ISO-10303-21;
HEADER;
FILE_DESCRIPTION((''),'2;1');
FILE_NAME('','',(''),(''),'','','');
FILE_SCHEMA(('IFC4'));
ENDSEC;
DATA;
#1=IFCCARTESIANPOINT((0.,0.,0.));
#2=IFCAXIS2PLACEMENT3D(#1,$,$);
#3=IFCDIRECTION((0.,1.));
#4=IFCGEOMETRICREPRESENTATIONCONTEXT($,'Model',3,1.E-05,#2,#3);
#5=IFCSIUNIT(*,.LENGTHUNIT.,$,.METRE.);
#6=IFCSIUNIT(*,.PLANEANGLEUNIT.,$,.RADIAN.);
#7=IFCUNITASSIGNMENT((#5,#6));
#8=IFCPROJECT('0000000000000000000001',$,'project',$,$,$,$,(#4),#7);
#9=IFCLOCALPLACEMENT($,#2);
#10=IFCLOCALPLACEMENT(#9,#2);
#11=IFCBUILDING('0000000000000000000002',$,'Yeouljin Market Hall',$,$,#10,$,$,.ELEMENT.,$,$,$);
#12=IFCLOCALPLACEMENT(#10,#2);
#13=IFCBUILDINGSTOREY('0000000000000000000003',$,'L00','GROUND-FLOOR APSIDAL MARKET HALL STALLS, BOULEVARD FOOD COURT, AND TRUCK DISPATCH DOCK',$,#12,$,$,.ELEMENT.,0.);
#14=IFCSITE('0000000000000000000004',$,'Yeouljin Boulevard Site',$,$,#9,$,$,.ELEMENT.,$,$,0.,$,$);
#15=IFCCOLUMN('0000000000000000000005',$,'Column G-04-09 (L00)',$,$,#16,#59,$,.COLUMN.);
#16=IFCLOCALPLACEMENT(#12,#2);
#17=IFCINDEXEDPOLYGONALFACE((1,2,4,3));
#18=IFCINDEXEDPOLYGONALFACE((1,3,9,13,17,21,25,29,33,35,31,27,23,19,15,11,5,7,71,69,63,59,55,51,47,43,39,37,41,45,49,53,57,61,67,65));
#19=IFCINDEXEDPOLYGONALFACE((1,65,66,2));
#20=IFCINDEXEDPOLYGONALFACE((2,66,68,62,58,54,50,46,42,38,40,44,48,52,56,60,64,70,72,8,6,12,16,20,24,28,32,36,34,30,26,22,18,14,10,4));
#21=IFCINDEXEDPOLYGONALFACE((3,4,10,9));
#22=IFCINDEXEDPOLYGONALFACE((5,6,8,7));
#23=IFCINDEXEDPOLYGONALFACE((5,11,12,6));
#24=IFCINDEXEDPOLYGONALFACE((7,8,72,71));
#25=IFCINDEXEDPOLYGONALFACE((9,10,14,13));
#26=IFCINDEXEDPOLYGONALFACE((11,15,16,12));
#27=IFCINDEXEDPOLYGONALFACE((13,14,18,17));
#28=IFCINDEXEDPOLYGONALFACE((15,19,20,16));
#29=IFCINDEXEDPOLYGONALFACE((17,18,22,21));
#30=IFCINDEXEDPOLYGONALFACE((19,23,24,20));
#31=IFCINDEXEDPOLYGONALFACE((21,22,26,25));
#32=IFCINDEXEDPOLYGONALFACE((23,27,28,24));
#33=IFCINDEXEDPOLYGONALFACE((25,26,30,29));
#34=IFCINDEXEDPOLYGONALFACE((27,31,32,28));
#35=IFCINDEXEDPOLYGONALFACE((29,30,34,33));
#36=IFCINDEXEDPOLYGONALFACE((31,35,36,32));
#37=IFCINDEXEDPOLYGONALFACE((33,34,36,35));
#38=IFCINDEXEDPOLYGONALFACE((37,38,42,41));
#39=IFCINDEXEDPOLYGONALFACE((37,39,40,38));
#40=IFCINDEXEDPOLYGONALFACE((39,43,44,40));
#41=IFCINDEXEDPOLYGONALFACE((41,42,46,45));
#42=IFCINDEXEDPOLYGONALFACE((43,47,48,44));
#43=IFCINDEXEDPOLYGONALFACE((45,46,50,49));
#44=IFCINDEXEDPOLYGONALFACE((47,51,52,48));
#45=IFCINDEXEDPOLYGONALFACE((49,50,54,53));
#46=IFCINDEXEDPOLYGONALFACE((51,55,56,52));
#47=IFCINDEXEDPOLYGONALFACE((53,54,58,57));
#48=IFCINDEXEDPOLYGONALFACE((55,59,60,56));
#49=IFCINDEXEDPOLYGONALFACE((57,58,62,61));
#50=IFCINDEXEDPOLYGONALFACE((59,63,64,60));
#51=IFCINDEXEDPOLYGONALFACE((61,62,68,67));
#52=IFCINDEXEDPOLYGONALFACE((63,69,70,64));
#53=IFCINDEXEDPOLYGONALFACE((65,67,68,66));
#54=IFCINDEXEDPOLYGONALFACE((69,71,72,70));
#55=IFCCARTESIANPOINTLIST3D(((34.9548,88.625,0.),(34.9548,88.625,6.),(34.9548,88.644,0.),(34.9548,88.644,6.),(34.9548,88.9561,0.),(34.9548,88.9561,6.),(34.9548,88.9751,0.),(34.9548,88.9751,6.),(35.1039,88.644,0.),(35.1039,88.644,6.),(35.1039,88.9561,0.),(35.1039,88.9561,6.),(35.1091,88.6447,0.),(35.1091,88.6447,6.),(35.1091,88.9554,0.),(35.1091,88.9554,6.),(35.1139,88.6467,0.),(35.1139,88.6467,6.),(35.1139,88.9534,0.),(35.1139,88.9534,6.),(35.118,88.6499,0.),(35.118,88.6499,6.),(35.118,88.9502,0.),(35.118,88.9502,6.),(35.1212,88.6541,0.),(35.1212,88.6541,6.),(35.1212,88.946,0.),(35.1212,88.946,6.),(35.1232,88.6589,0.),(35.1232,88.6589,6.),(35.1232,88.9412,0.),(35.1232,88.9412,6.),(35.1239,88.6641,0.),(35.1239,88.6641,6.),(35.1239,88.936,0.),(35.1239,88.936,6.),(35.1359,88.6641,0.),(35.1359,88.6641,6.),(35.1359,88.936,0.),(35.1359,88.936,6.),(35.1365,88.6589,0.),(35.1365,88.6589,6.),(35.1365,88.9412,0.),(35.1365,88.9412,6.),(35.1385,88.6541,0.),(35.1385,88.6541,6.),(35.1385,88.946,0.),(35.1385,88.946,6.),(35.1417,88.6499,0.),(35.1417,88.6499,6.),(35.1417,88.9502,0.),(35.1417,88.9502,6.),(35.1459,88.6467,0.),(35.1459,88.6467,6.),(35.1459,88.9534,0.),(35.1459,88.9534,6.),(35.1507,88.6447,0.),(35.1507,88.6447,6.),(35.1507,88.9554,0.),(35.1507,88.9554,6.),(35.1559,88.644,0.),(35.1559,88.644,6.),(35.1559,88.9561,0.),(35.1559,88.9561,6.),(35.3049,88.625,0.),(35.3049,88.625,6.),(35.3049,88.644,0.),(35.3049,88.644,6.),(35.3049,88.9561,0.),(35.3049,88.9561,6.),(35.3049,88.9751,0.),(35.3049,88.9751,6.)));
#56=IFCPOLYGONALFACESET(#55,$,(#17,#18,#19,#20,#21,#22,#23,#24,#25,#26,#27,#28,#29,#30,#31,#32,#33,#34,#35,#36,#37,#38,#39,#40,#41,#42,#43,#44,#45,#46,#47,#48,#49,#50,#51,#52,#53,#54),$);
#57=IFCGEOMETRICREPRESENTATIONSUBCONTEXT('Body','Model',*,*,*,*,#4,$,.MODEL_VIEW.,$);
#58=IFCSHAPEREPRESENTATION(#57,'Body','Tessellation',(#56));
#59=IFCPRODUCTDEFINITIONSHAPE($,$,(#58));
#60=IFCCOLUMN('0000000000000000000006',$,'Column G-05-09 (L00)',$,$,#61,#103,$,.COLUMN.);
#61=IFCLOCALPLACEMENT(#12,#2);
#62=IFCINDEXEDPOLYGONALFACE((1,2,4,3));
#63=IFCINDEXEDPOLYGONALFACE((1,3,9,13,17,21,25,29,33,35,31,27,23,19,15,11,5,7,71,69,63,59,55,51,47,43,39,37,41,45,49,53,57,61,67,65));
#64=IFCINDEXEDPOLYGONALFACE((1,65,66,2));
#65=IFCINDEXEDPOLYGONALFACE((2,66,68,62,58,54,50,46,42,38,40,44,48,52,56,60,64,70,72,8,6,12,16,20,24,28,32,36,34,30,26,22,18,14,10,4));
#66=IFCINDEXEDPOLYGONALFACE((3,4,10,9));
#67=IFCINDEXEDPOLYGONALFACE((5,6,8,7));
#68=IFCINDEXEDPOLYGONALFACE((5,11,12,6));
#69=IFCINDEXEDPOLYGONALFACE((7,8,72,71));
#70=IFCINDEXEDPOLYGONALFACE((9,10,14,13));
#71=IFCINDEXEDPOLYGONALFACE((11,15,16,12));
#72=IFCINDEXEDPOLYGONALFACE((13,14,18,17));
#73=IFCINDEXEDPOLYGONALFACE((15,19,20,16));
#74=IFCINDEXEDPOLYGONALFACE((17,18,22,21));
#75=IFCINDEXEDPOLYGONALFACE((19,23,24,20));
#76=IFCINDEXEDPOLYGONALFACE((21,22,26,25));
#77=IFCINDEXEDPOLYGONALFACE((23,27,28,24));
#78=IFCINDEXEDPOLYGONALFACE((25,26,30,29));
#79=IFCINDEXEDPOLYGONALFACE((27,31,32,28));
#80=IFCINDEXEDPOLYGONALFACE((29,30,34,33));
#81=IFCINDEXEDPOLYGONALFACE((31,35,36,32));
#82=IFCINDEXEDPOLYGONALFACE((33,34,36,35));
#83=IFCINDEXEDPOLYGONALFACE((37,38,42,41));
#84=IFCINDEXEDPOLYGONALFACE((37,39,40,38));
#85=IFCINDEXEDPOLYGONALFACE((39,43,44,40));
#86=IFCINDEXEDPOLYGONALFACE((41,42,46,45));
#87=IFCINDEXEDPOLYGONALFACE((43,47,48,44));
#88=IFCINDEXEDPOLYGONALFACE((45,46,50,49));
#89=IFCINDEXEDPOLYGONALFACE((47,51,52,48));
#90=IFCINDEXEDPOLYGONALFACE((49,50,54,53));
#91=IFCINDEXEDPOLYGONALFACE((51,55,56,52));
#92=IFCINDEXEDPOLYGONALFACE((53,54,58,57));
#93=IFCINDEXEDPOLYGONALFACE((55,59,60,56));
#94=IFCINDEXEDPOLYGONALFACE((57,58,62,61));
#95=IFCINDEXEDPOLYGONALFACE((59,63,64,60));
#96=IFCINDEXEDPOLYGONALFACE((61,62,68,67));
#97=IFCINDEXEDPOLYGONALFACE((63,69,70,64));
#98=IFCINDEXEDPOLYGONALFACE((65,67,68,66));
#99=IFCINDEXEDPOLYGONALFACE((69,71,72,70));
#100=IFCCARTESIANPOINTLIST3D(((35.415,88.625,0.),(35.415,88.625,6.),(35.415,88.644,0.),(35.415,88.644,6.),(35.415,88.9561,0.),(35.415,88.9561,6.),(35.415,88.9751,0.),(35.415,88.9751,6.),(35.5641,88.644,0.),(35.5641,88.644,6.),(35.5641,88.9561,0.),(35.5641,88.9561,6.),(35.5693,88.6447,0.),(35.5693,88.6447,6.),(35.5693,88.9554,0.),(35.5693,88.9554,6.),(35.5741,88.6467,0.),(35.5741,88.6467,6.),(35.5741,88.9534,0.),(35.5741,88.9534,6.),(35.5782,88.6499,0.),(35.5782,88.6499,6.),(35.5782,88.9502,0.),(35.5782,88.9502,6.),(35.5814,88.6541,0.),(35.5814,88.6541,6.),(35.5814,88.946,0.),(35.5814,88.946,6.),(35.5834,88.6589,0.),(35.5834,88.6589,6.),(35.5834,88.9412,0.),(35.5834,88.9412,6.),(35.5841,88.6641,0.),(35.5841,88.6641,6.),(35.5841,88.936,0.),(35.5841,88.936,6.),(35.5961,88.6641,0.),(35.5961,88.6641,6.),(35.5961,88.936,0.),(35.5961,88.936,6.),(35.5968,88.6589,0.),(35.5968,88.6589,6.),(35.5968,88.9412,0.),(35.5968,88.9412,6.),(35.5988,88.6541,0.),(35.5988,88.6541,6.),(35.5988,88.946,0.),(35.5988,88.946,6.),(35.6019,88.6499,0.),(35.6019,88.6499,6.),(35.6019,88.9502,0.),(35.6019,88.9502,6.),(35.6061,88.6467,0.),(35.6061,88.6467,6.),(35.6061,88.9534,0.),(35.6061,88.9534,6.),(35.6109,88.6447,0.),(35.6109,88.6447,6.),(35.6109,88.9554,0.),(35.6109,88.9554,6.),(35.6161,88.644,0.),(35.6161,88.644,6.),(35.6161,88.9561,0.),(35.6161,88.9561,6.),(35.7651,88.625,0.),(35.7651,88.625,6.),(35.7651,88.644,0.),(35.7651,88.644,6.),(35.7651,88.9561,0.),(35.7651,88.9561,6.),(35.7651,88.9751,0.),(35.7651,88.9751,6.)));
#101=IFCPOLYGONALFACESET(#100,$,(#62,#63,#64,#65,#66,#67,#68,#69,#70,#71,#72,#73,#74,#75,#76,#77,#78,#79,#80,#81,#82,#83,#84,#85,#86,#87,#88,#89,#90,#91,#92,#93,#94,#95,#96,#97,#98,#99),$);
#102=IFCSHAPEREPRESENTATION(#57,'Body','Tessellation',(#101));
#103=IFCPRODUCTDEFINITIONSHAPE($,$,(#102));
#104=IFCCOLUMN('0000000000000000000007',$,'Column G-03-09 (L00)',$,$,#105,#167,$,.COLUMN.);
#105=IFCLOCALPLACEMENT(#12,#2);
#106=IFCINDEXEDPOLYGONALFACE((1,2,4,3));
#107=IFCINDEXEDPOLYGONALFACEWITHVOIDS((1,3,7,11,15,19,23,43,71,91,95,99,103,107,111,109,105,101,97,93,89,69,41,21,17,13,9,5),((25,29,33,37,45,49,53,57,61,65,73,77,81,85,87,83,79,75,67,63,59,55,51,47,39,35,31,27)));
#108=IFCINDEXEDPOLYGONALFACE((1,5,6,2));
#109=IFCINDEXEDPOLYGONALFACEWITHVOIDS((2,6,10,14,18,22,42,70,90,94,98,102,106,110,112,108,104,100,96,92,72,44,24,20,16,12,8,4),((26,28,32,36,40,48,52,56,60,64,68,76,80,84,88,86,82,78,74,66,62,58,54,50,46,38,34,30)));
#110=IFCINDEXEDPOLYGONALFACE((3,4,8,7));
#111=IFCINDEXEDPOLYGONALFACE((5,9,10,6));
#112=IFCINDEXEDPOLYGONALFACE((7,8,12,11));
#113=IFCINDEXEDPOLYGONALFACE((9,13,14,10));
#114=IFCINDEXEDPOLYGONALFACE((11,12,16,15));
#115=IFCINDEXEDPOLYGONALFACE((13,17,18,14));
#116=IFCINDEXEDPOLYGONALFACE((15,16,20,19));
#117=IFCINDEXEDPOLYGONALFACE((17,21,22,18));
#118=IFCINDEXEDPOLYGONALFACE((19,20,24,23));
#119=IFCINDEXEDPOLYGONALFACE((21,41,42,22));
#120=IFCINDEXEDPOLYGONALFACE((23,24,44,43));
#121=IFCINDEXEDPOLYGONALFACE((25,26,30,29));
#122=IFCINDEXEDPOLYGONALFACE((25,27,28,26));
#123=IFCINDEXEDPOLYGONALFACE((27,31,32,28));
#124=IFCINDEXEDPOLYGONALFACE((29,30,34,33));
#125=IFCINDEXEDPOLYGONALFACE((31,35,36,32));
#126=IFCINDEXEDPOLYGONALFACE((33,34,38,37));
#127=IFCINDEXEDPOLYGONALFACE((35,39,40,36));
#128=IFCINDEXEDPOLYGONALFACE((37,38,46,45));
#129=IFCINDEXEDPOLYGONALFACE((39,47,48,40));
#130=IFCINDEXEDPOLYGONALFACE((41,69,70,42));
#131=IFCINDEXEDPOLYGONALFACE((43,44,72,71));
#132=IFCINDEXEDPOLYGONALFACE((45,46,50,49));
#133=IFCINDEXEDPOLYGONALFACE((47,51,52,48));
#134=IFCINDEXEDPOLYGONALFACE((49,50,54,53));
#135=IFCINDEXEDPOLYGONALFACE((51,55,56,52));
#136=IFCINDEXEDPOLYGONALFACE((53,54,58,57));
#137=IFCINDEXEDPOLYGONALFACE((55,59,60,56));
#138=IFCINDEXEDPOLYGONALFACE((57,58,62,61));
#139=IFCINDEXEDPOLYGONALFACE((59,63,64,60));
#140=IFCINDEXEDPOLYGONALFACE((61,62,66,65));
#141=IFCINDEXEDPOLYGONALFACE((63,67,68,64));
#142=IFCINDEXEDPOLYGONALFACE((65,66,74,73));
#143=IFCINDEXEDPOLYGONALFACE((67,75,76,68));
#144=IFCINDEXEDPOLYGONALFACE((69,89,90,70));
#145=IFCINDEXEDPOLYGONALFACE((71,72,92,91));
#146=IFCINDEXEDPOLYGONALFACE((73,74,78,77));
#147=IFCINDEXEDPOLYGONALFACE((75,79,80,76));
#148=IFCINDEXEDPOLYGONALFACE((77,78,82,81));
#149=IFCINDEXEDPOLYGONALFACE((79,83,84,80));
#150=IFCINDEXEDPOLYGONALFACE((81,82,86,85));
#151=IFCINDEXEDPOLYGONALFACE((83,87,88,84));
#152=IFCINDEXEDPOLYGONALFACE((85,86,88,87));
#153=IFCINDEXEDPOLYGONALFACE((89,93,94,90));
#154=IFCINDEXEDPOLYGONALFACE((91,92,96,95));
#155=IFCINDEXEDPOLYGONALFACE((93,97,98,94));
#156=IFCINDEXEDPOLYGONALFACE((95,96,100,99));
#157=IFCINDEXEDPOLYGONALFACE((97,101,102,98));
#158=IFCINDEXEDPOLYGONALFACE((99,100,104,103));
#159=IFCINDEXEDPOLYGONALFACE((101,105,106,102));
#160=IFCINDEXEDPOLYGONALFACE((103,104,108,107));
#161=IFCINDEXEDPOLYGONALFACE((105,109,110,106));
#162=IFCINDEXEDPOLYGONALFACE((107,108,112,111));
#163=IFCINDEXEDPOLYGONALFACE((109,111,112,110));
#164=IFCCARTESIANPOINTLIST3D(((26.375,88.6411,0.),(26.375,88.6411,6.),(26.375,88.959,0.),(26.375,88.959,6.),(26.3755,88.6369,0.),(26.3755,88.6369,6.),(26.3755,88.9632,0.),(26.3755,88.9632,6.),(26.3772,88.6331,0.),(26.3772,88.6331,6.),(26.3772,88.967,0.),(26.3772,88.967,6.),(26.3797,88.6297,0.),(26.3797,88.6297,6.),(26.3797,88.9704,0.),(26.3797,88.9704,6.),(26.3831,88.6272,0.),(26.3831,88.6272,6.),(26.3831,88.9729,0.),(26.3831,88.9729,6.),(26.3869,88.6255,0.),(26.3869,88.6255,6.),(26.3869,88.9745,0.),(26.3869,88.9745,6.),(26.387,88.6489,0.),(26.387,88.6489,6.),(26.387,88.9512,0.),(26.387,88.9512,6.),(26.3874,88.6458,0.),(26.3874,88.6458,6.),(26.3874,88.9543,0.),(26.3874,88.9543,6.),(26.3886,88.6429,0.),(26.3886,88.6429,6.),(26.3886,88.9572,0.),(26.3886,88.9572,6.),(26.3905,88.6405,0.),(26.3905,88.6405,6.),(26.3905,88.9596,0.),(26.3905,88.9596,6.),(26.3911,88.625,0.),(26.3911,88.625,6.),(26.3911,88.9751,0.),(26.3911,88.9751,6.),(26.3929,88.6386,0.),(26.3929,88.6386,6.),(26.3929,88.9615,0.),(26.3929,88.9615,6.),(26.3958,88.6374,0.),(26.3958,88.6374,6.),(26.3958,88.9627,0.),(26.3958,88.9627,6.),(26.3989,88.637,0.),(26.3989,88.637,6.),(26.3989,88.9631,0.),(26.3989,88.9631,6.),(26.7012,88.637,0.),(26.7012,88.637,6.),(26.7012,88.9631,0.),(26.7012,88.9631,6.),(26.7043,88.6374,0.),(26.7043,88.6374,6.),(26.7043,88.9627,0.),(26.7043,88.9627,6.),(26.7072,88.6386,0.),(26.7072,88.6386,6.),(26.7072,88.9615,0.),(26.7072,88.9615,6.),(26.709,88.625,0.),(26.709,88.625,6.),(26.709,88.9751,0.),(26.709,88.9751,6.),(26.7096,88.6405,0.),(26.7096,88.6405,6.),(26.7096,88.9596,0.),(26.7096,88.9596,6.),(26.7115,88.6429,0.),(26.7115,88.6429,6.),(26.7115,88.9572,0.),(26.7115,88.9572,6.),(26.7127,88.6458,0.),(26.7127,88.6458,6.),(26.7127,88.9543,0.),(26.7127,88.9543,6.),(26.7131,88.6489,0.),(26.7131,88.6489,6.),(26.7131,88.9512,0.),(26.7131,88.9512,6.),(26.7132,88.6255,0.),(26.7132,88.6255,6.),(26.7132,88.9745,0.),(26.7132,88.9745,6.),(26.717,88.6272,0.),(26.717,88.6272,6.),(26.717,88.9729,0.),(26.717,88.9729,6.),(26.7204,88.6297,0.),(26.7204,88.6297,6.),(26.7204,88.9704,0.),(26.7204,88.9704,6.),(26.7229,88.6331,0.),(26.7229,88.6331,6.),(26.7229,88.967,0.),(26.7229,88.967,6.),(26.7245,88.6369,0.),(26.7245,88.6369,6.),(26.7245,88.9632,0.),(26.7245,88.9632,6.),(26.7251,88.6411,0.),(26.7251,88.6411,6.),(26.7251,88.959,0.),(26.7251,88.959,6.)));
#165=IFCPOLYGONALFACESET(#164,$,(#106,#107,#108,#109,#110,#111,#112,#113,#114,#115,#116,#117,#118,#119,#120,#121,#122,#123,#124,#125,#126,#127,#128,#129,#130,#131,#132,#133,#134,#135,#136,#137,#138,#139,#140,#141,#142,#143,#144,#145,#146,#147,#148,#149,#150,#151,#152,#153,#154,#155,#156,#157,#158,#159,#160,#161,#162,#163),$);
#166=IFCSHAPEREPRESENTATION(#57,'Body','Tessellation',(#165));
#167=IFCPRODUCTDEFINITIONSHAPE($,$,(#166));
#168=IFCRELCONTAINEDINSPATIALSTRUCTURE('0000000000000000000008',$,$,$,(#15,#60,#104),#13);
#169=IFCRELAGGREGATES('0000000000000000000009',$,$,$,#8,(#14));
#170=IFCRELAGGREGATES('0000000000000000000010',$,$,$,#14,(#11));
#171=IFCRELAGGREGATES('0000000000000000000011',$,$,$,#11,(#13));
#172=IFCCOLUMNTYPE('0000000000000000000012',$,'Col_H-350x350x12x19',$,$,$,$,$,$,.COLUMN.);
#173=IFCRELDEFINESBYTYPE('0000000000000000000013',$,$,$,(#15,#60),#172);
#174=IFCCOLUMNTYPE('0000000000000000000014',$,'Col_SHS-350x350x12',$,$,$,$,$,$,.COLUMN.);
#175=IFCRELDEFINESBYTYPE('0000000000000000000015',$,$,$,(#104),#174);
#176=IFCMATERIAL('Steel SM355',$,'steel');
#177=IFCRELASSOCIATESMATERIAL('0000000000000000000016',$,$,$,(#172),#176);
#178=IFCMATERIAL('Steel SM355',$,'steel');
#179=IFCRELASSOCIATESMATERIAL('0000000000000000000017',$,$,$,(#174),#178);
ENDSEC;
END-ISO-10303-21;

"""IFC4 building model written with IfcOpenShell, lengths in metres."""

from ifc_helpers import new_model, si_unit, direction, frame, origin, origin_2d, place, context, subcontext, project, spatial, hollow_rectangle, i_section, extrude, material, material_profile, profile_set, type_object, element, save


model = new_model("IFC4")

# Units and contexts
model_context = context("Model", 3, precision=1e-05, world=origin(), true_north=direction((0.0, 1.0)))
body_context = subcontext(model_context, "Body", "Model", "MODEL_VIEW")
ifc_project = project(units=[si_unit("LENGTHUNIT", "METRE"), si_unit("PLANEANGLEUNIT", "RADIAN")], contexts=[model_context])

# Site, building, storey
site_placement = place(None, origin())
site = spatial("IfcSite", under=ifc_project, at=site_placement, Name="Yeouljin Boulevard Site", CompositionType="ELEMENT", RefElevation=0.0)
building_placement = place(site_placement, origin())
building = spatial("IfcBuilding", under=site, at=building_placement, Name="Yeouljin Market Hall", CompositionType="ELEMENT")
storey_placement = place(building_placement, origin())
storey = spatial("IfcBuildingStorey", under=building, at=storey_placement, Name="L00", Description="GROUND-FLOOR APSIDAL MARKET HALL STALLS, BOULEVARD FOOD COURT, AND TRUCK DISPATCH DOCK", CompositionType="ELEMENT", Elevation=0.0)

# Columns
ifc_material_1 = material(Name="Steel SM355", Category="steel")
ifc_material_profile_1 = material_profile(ifc_material_1, i_section(OverallWidth=0.3501, OverallDepth=0.3501, WebThickness=0.012, FlangeThickness=0.019, FilletRadius=0.02, at=origin_2d()), Name="H-350x350x12x19")
ifc_profile_set_1 = profile_set([ifc_material_profile_1], Name="Steel SM355")
column_type_1 = type_object("IfcColumnType", Name="Col_H-350x350x12x19", PredefinedType="COLUMN", material=ifc_profile_set_1)
for number, where, z_axis, x_axis, name in (
    (1, (35.1299, 88.8, 0.0), (0.0, 0.0, 1.0), (1.0, 0.0, 0.0), "Column G-04-09 (L00)"),
    (2, (35.5901, 88.8, 0.0), (0.0, 0.0, 1.0), (1.0, 0.0, 0.0), "Column G-05-09 (L00)"),
):
    element("IfcColumn", number, at=place(storey_placement, frame(where, z_axis=z_axis, x_axis=x_axis)), inside=storey, type_object=column_type_1, Name=name, PredefinedType="COLUMN", context=body_context, shape_type="SweptSolid", body=[
        extrude(i_section(OverallWidth=0.3501, OverallDepth=0.3501, WebThickness=0.012, FlangeThickness=0.019, FilletRadius=0.02, at=origin_2d()), origin(), (0.0, 0.0, 1.0), 6.0),
    ])
ifc_material_2 = material(Name="Steel SM355", Category="steel")
ifc_material_profile_2 = material_profile(ifc_material_2, hollow_rectangle(XDim=0.3501, YDim=0.3501, WallThickness=0.012, InnerFilletRadius=0.012, OuterFilletRadius=0.0161, at=origin_2d()), Name="SHS-350x350x12")
ifc_profile_set_2 = profile_set([ifc_material_profile_2], Name="Steel SM355")
column_type_2 = type_object("IfcColumnType", Name="Col_SHS-350x350x12", PredefinedType="COLUMN", material=ifc_profile_set_2)
for number, where, z_axis, x_axis, name in (
    (3, (26.55, 88.8, 0.0), (0.0, 0.0, 1.0), (1.0, 0.0, 0.0), "Column G-03-09 (L00)"),
):
    element("IfcColumn", number, at=place(storey_placement, frame(where, z_axis=z_axis, x_axis=x_axis)), inside=storey, type_object=column_type_2, Name=name, PredefinedType="COLUMN", context=body_context, shape_type="SweptSolid", body=[
        extrude(hollow_rectangle(XDim=0.3501, YDim=0.3501, WallThickness=0.012, InnerFilletRadius=0.012, OuterFilletRadius=0.0161, at=origin_2d()), origin(), (0.0, 0.0, 1.0), 6.0),
    ])

save(model, "model.ifc")
